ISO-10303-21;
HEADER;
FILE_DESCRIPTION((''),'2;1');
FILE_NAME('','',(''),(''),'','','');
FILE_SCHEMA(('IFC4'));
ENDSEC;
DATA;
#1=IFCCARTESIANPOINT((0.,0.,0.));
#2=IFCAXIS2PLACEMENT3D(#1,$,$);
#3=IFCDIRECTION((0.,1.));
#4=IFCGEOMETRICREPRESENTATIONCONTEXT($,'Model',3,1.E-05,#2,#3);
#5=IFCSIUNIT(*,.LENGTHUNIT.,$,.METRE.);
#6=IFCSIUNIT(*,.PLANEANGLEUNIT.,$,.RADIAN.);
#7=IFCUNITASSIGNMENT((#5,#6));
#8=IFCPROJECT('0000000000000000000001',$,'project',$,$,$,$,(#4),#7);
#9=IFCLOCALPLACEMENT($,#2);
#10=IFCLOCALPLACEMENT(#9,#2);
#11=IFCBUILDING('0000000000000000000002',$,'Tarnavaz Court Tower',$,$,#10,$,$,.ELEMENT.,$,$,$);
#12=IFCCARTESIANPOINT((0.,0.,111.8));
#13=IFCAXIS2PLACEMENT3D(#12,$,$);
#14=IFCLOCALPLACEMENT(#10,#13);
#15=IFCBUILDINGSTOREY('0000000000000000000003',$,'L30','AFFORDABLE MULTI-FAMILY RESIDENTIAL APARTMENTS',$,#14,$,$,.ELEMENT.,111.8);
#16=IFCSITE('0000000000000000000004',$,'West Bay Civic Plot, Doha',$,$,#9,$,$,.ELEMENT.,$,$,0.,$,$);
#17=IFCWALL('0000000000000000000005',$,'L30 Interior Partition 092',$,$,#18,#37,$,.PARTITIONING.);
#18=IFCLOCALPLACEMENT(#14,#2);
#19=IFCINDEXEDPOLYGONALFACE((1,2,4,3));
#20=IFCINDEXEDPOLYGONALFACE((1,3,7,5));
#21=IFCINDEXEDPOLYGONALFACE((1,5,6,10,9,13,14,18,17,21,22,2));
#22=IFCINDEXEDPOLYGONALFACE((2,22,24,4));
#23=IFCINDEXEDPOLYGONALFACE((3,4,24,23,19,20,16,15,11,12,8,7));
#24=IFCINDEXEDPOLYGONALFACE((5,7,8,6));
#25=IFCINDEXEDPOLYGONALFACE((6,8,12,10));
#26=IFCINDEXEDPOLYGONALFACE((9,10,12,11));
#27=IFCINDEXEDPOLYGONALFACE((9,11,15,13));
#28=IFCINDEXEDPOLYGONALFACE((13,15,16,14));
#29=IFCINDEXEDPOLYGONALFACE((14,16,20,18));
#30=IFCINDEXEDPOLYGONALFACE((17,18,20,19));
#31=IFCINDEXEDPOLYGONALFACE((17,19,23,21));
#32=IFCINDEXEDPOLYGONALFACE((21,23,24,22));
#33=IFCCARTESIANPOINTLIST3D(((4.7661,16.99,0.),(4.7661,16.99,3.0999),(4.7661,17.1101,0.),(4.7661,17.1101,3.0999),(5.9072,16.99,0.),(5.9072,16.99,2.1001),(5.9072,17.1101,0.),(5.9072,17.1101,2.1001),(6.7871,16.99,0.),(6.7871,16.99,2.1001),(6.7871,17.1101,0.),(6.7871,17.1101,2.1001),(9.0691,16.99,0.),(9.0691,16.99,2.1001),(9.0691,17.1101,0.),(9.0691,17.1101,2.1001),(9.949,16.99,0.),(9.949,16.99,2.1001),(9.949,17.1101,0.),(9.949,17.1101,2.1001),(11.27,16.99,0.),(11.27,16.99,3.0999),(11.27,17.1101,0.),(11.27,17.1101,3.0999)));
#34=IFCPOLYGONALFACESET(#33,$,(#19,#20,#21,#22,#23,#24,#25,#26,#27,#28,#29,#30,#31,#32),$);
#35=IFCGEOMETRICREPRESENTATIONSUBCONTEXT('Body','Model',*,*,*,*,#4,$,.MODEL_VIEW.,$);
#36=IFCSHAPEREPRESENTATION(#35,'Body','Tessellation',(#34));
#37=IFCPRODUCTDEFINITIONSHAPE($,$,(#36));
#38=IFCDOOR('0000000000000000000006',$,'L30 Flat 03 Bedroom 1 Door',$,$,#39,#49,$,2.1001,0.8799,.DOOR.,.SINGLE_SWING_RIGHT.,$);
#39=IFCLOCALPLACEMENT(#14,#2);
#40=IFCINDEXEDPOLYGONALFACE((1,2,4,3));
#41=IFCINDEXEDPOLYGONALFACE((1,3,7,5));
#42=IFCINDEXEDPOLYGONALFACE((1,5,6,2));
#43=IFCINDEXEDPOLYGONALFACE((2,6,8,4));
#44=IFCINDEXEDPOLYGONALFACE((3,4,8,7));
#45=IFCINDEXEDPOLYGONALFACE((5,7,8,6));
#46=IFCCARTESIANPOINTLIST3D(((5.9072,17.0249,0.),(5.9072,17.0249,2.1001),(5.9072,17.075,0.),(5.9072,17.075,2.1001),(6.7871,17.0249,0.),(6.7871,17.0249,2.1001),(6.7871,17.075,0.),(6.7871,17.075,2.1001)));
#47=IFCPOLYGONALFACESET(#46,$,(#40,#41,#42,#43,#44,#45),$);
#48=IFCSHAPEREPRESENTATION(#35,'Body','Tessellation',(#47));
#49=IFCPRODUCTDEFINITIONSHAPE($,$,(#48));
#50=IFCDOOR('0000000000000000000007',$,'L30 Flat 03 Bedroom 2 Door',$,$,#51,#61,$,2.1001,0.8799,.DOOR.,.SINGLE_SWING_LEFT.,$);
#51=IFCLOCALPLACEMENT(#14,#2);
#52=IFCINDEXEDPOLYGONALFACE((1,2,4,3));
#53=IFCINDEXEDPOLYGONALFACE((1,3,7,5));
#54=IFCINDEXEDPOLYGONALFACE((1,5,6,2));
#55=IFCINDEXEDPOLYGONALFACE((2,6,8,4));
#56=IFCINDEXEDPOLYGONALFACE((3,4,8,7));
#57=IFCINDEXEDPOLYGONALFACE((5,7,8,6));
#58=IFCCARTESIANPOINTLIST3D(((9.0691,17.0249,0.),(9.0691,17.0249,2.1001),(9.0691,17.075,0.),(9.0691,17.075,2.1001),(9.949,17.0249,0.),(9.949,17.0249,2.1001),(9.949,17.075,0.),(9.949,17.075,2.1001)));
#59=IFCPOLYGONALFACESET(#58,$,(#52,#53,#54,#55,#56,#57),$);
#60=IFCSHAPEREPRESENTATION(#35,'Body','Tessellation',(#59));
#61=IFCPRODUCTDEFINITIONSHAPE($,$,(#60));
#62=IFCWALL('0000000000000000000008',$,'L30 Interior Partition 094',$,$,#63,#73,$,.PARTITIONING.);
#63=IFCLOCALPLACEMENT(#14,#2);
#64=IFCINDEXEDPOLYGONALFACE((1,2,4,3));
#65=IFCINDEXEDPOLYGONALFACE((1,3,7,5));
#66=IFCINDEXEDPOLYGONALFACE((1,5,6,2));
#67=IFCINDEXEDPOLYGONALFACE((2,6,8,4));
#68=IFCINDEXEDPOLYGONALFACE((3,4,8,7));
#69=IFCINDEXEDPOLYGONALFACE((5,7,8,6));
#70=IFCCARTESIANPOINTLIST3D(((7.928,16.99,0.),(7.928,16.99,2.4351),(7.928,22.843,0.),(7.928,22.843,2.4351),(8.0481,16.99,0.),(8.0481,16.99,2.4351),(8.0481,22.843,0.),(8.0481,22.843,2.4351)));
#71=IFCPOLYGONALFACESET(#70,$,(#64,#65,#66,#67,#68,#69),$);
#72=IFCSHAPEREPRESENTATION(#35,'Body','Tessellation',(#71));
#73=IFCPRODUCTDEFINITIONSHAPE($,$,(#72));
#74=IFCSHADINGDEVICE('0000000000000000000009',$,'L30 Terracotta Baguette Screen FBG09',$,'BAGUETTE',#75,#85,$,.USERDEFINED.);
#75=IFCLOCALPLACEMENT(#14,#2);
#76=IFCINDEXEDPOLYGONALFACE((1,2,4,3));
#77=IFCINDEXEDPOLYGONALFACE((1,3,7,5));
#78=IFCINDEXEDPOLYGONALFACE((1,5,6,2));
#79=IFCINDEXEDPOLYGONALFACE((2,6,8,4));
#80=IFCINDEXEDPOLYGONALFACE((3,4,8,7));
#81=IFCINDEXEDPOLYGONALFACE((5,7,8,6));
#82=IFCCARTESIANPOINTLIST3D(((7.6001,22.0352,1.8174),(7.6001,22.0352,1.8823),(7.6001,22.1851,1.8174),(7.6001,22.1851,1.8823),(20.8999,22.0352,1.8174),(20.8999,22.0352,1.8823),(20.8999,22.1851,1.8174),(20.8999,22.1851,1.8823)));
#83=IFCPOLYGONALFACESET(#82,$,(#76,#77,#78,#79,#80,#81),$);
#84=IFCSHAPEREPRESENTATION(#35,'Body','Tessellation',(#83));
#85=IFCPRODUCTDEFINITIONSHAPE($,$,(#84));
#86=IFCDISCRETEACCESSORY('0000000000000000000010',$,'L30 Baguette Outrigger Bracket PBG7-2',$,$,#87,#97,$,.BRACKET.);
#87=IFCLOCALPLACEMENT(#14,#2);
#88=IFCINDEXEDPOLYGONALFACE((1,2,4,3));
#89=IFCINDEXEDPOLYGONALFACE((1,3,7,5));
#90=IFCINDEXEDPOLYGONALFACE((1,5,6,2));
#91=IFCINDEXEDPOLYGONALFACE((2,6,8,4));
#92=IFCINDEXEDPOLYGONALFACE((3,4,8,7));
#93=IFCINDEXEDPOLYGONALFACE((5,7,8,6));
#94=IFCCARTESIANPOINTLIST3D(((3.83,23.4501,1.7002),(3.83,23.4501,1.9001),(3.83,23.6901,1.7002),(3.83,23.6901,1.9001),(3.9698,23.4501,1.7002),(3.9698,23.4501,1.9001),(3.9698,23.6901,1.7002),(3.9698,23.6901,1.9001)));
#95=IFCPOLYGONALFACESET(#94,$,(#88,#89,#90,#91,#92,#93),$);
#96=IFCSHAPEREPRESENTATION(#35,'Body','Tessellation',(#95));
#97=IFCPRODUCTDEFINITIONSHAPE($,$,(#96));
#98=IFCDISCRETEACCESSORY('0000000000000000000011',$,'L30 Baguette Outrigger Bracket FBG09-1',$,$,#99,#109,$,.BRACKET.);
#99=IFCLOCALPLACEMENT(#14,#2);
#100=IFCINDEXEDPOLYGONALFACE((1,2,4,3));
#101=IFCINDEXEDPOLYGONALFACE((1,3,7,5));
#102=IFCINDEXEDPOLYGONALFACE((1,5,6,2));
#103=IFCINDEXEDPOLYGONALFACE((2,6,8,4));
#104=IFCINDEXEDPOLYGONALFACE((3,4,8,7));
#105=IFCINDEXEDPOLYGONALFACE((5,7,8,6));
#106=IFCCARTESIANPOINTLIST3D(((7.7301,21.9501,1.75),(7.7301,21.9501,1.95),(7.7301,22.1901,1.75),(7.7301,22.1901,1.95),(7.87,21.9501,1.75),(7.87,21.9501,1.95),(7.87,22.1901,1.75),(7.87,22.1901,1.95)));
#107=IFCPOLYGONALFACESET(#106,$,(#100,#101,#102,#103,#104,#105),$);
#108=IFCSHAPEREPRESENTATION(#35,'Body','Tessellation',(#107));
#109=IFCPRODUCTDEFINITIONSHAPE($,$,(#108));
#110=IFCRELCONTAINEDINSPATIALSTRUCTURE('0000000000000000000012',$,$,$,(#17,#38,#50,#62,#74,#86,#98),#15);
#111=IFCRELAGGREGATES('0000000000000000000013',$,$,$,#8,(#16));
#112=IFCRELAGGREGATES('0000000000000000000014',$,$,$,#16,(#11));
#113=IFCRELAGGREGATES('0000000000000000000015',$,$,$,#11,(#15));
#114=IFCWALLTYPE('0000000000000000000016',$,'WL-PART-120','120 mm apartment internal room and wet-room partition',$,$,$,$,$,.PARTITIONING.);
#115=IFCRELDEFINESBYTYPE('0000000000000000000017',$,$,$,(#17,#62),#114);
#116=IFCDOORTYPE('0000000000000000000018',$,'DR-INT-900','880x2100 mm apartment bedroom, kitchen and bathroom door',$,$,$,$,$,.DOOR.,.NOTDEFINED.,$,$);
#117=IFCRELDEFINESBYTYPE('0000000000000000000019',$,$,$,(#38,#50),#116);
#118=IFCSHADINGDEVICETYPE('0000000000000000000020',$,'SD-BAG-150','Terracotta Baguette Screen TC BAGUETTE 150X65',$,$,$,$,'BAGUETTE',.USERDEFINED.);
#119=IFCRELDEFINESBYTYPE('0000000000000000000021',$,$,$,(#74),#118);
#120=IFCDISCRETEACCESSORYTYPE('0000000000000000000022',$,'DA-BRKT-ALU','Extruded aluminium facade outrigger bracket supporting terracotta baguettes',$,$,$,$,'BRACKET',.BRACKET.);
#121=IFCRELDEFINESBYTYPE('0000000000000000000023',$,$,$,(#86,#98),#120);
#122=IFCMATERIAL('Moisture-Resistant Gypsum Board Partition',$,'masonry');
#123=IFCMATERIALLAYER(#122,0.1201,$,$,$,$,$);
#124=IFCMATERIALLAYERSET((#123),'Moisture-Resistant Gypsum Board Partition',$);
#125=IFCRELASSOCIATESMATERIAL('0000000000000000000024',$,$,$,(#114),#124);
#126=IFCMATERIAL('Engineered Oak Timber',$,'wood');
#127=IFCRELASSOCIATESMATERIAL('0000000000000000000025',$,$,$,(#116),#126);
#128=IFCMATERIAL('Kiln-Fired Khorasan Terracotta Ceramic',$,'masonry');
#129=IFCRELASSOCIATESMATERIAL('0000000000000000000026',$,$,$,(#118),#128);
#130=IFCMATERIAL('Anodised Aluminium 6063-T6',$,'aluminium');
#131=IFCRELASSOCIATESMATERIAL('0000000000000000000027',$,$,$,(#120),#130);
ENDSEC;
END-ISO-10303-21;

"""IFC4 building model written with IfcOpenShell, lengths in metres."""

from ifc_helpers import new_model, si_unit, direction, frame, frame_2d, origin, origin_2d, place, context, subcontext, project, spatial, rectangle, extrude, material, layer, layer_set, material_profile, profile_set, type_object, element, fill, save


model = new_model("IFC4")

# Units and contexts
model_context = context("Model", 3, precision=1e-05, world=origin(), true_north=direction((0.0, 1.0)))
body_context = subcontext(model_context, "Body", "Model", "MODEL_VIEW")
ifc_project = project(units=[si_unit("LENGTHUNIT", "METRE"), si_unit("PLANEANGLEUNIT", "RADIAN")], contexts=[model_context])

# Site, building, storey
site_placement = place(None, origin())
site = spatial("IfcSite", under=ifc_project, at=site_placement, Name="West Bay Civic Plot, Doha", CompositionType="ELEMENT", RefElevation=0.0)
building_placement = place(site_placement, origin())
building = spatial("IfcBuilding", under=site, at=building_placement, Name="Tarnavaz Court Tower", CompositionType="ELEMENT")
storey_placement = place(building_placement, frame((0.0, 0.0, 111.8)))
storey = spatial("IfcBuildingStorey", under=building, at=storey_placement, Name="L30", Description="AFFORDABLE MULTI-FAMILY RESIDENTIAL APARTMENTS", CompositionType="ELEMENT", Elevation=111.8)

# Shared definitions
ifc_material_1 = material(Name="Anodised Aluminium 6063-T6", Category="aluminium")

# Shared definitions
ifc_material_2 = material(Name="Moisture-Resistant Gypsum Board Partition", Category="masonry")
ifc_layer_1 = layer(ifc_material_2, 0.1201)
ifc_layer_set_1 = layer_set([ifc_layer_1], Name="Moisture-Resistant Gypsum Board Partition")
wall_type_1 = type_object("IfcWallType", Name="WL-PART-120", Description="120 mm apartment internal room and wet-room partition", PredefinedType="PARTITIONING", material=ifc_layer_set_1)
ifc_material_3 = material(Name="Engineered Oak Timber", Category="wood")
door_type = type_object("IfcDoorType", Name="DR-INT-900", Description="880x2100 mm apartment bedroom, kitchen and bathroom door", OperationType="NOTDEFINED", PredefinedType="DOOR", material=ifc_material_3)

# Wall, openings, doors
wall_1_placement = place(storey_placement, frame((4.7661, 17.05, 0.0), z_axis=(0.0, 0.0, 1.0), x_axis=(1.0, 0.0, 0.0)))
wall_1 = element("IfcWall", 1, at=wall_1_placement, inside=storey, type_object=wall_type_1, Name="L30 Interior Partition 092", PredefinedType="PARTITIONING", context=body_context, shape_type="SweptSolid", body=[
    extrude(rectangle(XDim=6.5039, YDim=0.1201, at=frame_2d((3.252, 0.0))), origin(), (0.0, 0.0, 1.0), 3.0999),
])
opening_1_placement = place(wall_1_placement, frame((1.1411, 0.0, 0.0)))
opening_1 = element("IfcOpeningElement", 2, at=opening_1_placement, cuts=wall_1, PredefinedType="OPENING", context=body_context, shape_type="SweptSolid", body=[
    extrude(rectangle(XDim=0.8799, YDim=2.1001, at=frame_2d((0.4399, 1.05))), frame((0.0, 0.0701, 0.0), z_axis=(0.0, -1.0, 0.0), x_axis=(1.0, 0.0, 0.0)), (0.0, 0.0, 1.0), 0.1401),
])
opening_2_placement = place(wall_1_placement, frame((4.303, 0.0, 0.0)))
opening_2 = element("IfcOpeningElement", 3, at=opening_2_placement, cuts=wall_1, PredefinedType="OPENING", context=body_context, shape_type="SweptSolid", body=[
    extrude(rectangle(XDim=0.8799, YDim=2.1001, at=frame_2d((0.4399, 1.05))), frame((0.0, 0.0701, 0.0), z_axis=(0.0, -1.0, 0.0), x_axis=(1.0, 0.0, 0.0)), (0.0, 0.0, 1.0), 0.1401),
])
door_1_placement = place(opening_1_placement, origin())
door_1 = element("IfcDoor", 4, at=door_1_placement, inside=storey, type_object=door_type, Name="L30 Flat 03 Bedroom 1 Door", OperationType="SINGLE_SWING_RIGHT", OverallHeight=2.1001, OverallWidth=0.8799, PredefinedType="DOOR", context=body_context, shape_type="SweptSolid", body=[
    extrude(rectangle(XDim=0.8799, YDim=2.1001, at=frame_2d((0.4399, 1.05))), frame((0.0, 0.0249, 0.0), z_axis=(0.0, -1.0, 0.0), x_axis=(1.0, 0.0, 0.0)), (0.0, 0.0, 1.0), 0.05),
])
fill(opening_1, door_1)
door_2_placement = place(opening_2_placement, origin())
door_2 = element("IfcDoor", 5, at=door_2_placement, inside=storey, type_object=door_type, Name="L30 Flat 03 Bedroom 2 Door", OperationType="SINGLE_SWING_LEFT", OverallHeight=2.1001, OverallWidth=0.8799, PredefinedType="DOOR", context=body_context, shape_type="SweptSolid", body=[
    extrude(rectangle(XDim=0.8799, YDim=2.1001, at=frame_2d((0.4399, 1.05))), frame((0.0, 0.0249, 0.0), z_axis=(0.0, -1.0, 0.0), x_axis=(1.0, 0.0, 0.0)), (0.0, 0.0, 1.0), 0.05),
])
fill(opening_2, door_2)

# Wall
wall_2_placement = place(storey_placement, frame((7.988, 16.99, 0.0), z_axis=(0.0, 0.0, 1.0), x_axis=(0.0, 1.0, 0.0)))
element("IfcWall", 6, at=wall_2_placement, inside=storey, type_object=wall_type_1, Name="L30 Interior Partition 094", PredefinedType="PARTITIONING", context=body_context, shape_type="SweptSolid", body=[
    extrude(rectangle(XDim=5.853, YDim=0.1201, at=frame_2d((2.9265, 0.0))), origin(), (0.0, 0.0, 1.0), 2.4351),
])

# Shading device
ifc_material_4 = material(Name="Kiln-Fired Khorasan Terracotta Ceramic", Category="masonry")
ifc_material_profile_1 = material_profile(ifc_material_4, rectangle(XDim=0.1499, YDim=0.0649, at=origin_2d()), Name="TC BAGUETTE 150X65")
ifc_profile_set_1 = profile_set([ifc_material_profile_1], Name="Kiln-Fired Khorasan Terracotta Ceramic")
shading_device_type = type_object("IfcShadingDeviceType", Name="SD-BAG-150", Description="Terracotta Baguette Screen TC BAGUETTE 150X65", ElementType="BAGUETTE", PredefinedType="USERDEFINED", material=ifc_profile_set_1)
shading_device_placement = place(storey_placement, frame((7.6001, 22.1101, 1.8499), z_axis=(1.0, 0.0, 0.0), x_axis=(0.0, 1.0, 0.0)))
element("IfcShadingDevice", 7, at=shading_device_placement, inside=storey, type_object=shading_device_type, Name="L30 Terracotta Baguette Screen FBG09", ObjectType="BAGUETTE", PredefinedType="USERDEFINED", context=body_context, shape_type="SweptSolid", body=[
    extrude(rectangle(XDim=0.1499, YDim=0.0649, at=origin_2d()), origin(), (0.0, 0.0, 1.0), 13.2998),
])

# Discrete accessories
discrete_accessory_type = type_object("IfcDiscreteAccessoryType", Name="DA-BRKT-ALU", Description="Extruded aluminium facade outrigger bracket supporting terracotta baguettes", ElementType="BRACKET", PredefinedType="BRACKET", material=ifc_material_1)
for number, where, z_axis, x_axis, name in (
    (8, (3.8999, 23.5701, 1.7002), (0.0, 0.0, 1.0), (1.0, 0.0, 0.0), "L30 Baguette Outrigger Bracket PBG7-2"),
    (9, (7.8, 22.0701, 1.75), (0.0, 0.0, 1.0), (1.0, 0.0, 0.0), "L30 Baguette Outrigger Bracket FBG09-1"),
):
    element("IfcDiscreteAccessory", number, at=place(storey_placement, frame(where, z_axis=z_axis, x_axis=x_axis)), inside=storey, type_object=discrete_accessory_type, Name=name, PredefinedType="BRACKET", context=body_context, shape_type="SweptSolid", body=[
        extrude(rectangle(XDim=0.1399, YDim=0.24, at=origin_2d()), origin(), (0.0, 0.0, 1.0), 0.2),
    ])

save(model, "model.ifc")
